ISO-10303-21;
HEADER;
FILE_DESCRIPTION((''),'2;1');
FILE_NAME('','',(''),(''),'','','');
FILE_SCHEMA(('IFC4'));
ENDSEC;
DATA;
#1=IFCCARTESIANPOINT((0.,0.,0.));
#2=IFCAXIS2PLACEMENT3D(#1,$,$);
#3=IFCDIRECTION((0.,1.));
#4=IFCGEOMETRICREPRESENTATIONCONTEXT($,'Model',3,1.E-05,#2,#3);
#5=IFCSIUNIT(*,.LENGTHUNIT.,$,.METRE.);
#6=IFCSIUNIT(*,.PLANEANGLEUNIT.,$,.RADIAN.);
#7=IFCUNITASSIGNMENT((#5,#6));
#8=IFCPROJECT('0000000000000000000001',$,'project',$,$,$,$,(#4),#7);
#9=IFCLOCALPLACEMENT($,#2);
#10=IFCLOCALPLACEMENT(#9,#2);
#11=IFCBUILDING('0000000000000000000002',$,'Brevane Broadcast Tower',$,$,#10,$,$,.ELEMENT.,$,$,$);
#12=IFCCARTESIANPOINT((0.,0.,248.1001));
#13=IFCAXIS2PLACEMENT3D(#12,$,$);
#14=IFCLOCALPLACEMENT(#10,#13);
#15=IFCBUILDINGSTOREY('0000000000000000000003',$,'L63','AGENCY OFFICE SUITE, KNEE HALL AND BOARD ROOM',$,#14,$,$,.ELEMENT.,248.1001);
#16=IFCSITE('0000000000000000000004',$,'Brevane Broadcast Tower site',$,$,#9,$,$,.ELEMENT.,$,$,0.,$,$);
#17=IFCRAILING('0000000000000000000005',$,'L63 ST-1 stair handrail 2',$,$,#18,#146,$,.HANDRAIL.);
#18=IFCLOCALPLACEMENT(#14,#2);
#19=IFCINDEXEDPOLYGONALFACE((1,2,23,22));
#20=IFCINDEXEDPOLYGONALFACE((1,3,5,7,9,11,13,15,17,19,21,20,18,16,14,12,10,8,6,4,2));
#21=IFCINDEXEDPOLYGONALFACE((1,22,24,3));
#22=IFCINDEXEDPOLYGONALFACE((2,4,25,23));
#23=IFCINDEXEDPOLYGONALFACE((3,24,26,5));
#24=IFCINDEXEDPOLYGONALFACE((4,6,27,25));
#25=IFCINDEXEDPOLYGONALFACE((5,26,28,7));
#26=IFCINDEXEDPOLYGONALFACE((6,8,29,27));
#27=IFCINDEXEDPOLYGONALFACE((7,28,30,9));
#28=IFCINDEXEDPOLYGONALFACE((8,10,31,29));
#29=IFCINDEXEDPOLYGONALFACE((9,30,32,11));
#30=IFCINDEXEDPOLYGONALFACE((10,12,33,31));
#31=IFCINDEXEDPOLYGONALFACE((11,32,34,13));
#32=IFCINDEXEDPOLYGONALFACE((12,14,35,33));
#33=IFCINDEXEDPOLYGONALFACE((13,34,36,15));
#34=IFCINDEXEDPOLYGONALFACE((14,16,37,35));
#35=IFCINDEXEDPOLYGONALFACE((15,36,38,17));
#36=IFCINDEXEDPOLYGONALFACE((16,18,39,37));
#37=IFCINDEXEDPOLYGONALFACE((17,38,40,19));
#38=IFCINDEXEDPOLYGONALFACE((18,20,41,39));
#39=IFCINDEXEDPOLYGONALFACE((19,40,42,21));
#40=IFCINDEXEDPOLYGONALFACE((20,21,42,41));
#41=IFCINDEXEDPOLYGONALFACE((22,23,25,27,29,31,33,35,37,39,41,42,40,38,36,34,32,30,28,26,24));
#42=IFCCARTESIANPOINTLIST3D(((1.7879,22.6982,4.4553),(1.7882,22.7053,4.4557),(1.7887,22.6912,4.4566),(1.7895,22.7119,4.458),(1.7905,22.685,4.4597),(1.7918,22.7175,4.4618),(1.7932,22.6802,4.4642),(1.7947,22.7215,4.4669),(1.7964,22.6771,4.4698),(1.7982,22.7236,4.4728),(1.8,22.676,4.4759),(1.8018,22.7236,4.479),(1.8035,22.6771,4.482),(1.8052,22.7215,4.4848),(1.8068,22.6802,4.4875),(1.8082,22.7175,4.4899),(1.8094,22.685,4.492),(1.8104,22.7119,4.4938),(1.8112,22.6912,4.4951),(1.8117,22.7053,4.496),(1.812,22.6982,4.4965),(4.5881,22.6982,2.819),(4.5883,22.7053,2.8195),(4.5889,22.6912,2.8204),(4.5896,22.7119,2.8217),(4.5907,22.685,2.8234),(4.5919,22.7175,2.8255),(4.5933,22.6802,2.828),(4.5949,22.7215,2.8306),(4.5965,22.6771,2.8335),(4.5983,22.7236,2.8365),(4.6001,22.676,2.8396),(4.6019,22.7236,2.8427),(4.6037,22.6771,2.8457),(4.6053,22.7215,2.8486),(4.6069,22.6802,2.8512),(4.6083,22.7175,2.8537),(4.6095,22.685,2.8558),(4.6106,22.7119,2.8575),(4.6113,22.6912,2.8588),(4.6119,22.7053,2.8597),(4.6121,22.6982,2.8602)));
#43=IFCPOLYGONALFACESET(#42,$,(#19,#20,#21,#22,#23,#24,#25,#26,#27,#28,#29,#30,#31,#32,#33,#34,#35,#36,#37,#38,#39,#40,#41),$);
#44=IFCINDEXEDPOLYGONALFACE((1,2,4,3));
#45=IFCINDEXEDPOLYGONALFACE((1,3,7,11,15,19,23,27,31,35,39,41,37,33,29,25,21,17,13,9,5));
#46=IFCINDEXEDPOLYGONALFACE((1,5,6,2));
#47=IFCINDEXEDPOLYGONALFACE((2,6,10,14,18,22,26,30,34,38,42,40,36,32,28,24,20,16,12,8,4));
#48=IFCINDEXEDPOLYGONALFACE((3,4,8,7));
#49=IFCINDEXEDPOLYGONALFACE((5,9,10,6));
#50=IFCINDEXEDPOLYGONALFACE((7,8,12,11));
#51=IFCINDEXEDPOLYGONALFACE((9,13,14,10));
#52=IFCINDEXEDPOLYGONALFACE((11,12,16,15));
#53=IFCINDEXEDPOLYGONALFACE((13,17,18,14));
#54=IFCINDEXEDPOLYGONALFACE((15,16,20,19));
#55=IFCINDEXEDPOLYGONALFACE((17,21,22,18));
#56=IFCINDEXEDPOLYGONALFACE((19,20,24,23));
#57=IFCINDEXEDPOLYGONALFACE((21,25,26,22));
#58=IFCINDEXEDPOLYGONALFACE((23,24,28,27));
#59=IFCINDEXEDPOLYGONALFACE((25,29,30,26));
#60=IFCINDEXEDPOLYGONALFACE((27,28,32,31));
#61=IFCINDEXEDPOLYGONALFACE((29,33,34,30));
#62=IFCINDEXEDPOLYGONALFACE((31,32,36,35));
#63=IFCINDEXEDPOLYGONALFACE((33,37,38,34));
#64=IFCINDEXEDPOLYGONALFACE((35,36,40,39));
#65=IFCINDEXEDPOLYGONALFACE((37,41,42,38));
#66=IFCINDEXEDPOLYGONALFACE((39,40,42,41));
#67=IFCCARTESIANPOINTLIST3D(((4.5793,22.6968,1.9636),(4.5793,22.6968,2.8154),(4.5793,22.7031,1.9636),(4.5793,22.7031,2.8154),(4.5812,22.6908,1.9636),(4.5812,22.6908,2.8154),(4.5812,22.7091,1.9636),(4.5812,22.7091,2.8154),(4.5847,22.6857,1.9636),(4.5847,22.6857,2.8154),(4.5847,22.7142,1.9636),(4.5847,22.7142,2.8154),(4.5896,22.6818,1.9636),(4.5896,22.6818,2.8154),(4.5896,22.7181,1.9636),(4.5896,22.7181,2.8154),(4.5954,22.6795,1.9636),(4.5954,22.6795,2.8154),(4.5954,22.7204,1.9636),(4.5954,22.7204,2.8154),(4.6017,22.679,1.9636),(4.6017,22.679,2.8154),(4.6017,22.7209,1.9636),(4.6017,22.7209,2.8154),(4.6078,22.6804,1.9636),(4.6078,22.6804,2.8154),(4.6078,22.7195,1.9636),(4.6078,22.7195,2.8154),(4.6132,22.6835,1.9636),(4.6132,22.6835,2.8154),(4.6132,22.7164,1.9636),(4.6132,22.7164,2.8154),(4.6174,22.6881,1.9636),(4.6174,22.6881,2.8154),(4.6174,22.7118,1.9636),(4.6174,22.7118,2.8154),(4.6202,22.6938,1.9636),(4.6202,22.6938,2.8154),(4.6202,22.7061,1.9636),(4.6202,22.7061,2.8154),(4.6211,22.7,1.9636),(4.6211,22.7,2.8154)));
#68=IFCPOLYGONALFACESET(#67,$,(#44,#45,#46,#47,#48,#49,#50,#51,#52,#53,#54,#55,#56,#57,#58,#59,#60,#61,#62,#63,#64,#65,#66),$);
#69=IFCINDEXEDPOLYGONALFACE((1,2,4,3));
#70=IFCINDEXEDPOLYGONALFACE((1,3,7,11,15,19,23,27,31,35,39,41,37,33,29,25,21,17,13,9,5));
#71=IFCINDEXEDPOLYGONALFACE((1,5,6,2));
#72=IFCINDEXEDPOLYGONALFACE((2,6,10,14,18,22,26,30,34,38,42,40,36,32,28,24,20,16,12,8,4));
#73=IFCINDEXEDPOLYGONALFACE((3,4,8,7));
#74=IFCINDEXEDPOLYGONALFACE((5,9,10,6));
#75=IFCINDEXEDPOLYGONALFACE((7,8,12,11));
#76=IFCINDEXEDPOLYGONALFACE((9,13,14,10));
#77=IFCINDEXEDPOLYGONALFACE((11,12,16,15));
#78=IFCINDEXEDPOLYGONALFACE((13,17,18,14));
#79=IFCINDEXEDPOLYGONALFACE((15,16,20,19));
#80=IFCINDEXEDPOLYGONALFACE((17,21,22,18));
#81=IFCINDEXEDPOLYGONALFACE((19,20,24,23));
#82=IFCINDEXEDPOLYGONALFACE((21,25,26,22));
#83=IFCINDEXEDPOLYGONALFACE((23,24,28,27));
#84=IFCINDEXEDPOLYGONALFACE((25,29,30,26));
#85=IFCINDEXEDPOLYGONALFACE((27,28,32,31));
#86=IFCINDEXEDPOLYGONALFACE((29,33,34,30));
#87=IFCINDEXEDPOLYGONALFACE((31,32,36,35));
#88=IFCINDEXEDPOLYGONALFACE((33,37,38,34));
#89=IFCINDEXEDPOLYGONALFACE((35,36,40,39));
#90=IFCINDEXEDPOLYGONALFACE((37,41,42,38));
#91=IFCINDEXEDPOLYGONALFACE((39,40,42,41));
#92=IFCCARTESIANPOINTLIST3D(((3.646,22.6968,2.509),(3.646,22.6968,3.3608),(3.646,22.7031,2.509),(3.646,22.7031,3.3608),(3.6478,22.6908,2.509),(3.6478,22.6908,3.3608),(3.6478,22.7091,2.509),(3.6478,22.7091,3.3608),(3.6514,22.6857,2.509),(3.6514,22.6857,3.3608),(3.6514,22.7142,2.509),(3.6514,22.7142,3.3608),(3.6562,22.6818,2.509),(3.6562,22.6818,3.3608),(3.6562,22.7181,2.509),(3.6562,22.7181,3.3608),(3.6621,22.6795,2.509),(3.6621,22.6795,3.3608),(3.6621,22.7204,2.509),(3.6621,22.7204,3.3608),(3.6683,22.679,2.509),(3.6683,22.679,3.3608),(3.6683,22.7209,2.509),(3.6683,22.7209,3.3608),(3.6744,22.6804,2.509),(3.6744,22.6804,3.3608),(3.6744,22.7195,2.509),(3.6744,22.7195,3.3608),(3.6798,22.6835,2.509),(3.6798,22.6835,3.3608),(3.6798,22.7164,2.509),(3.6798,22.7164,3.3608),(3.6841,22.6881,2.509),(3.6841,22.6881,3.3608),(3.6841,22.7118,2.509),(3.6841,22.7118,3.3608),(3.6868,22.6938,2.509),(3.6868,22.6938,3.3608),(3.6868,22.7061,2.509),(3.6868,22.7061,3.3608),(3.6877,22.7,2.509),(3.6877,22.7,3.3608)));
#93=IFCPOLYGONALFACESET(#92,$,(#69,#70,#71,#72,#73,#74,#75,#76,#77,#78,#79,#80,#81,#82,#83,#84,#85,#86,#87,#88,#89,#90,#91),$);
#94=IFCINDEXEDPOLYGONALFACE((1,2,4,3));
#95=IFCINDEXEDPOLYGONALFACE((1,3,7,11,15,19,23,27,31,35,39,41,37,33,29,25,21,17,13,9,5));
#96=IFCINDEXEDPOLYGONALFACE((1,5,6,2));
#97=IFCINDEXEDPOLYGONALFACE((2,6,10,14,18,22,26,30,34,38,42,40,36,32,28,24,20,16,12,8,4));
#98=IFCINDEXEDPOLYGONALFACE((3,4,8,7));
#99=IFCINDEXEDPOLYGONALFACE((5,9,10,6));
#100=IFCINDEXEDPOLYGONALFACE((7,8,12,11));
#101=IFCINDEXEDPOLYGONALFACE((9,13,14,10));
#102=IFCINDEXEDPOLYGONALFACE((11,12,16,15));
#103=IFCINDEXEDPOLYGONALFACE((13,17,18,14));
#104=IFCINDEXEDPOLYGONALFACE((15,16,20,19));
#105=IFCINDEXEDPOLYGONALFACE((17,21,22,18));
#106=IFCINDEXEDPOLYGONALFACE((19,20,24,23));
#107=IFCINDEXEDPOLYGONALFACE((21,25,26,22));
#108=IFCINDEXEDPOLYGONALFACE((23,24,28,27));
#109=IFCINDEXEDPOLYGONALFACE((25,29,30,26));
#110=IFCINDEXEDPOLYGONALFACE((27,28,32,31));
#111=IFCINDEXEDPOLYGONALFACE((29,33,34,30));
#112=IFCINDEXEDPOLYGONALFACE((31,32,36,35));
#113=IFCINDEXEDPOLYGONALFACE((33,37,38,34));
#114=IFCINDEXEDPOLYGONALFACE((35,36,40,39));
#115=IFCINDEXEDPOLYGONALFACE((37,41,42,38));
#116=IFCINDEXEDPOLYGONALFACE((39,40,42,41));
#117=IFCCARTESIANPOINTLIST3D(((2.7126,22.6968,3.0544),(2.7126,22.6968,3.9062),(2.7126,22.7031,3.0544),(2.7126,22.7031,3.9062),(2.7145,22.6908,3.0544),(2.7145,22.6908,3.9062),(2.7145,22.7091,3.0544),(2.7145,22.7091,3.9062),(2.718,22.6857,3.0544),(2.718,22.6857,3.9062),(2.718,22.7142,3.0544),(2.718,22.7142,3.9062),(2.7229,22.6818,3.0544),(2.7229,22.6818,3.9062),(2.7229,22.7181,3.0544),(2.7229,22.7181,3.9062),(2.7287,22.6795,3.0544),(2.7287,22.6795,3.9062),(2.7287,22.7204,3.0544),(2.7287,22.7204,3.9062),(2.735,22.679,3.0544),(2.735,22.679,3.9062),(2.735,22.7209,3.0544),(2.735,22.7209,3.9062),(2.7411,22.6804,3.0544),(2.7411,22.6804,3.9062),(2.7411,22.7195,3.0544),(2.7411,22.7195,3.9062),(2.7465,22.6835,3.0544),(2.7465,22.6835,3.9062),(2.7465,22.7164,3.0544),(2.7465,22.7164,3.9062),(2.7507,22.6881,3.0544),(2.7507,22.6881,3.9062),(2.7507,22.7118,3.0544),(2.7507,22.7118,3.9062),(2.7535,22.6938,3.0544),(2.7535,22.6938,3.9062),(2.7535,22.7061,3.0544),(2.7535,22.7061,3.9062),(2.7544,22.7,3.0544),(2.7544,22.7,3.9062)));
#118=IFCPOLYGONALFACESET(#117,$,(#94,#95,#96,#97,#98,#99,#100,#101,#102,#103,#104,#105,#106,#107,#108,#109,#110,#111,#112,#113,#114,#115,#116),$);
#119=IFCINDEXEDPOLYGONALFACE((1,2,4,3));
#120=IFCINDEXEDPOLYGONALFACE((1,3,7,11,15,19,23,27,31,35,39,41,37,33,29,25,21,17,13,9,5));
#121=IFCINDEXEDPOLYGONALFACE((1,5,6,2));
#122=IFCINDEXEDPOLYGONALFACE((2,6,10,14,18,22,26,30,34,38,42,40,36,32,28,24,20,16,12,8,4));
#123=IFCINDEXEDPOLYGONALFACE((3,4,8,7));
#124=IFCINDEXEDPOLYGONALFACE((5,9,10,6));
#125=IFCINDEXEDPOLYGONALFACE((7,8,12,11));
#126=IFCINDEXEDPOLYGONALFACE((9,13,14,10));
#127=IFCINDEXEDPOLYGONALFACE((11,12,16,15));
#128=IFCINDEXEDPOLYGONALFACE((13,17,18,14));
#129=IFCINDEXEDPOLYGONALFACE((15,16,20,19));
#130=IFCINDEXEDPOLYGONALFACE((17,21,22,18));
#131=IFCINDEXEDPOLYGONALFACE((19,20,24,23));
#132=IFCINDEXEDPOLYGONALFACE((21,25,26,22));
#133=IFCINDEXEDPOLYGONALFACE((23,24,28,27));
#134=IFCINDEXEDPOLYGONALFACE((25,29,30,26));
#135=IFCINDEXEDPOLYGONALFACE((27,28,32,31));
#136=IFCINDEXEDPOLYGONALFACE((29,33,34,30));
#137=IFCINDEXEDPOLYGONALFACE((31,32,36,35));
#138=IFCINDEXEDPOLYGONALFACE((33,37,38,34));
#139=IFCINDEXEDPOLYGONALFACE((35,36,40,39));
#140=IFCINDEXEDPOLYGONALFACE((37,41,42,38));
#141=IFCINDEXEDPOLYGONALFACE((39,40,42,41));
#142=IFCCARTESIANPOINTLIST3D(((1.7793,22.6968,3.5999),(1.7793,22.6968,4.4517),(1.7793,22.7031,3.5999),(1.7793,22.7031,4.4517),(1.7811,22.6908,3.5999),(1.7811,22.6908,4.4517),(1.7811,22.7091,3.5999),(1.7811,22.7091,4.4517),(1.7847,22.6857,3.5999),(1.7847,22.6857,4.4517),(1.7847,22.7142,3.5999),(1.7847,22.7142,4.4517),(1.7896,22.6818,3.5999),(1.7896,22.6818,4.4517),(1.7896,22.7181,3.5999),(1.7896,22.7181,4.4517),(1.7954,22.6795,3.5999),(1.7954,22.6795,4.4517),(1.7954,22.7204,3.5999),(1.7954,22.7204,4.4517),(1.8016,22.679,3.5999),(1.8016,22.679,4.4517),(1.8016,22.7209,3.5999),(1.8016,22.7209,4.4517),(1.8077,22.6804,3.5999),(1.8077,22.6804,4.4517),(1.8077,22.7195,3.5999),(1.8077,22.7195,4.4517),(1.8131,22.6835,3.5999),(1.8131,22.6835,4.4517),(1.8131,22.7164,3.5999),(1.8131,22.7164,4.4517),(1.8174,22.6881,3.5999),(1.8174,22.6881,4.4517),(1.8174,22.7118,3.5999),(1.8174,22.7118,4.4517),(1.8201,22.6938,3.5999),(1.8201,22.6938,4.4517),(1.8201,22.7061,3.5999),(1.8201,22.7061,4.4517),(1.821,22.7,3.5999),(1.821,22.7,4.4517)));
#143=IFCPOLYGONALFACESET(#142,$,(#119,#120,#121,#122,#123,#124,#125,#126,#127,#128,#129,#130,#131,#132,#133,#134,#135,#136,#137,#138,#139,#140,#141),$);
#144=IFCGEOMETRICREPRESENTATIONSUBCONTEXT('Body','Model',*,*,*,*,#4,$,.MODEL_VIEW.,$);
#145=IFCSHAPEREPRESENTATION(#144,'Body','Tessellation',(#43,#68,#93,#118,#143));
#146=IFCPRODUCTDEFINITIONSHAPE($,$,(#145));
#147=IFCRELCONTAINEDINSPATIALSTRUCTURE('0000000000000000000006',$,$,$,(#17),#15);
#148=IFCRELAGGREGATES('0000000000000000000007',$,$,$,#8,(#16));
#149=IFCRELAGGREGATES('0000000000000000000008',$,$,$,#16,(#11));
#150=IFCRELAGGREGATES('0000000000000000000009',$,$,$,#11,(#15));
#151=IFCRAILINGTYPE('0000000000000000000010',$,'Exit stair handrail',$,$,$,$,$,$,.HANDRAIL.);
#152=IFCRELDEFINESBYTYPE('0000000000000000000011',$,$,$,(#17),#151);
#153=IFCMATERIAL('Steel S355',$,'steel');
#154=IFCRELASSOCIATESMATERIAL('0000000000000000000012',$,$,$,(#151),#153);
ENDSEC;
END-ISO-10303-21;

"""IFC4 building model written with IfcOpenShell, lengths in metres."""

from ifc_helpers import new_model, si_unit, direction, frame, origin, origin_2d, place, context, subcontext, project, spatial, circle, extrude, material, type_object, element, save


model = new_model("IFC4")

# Units and contexts
model_context = context("Model", 3, precision=1e-05, world=origin(), true_north=direction((0.0, 1.0)))
body_context = subcontext(model_context, "Body", "Model", "MODEL_VIEW")
ifc_project = project(units=[si_unit("LENGTHUNIT", "METRE"), si_unit("PLANEANGLEUNIT", "RADIAN")], contexts=[model_context])

# Site, building, storey
site_placement = place(None, origin())
site = spatial("IfcSite", under=ifc_project, at=site_placement, Name="Brevane Broadcast Tower site", CompositionType="ELEMENT", RefElevation=0.0)
building_placement = place(site_placement, origin())
building = spatial("IfcBuilding", under=site, at=building_placement, Name="Brevane Broadcast Tower", CompositionType="ELEMENT")
storey_placement = place(building_placement, frame((0.0, 0.0, 248.1001)))
storey = spatial("IfcBuildingStorey", under=building, at=storey_placement, Name="L63", Description="AGENCY OFFICE SUITE, KNEE HALL AND BOARD ROOM", CompositionType="ELEMENT", Elevation=248.1001)

# Railing
ifc_material_1 = material(Name="Steel S355", Category="steel")
railing_type_1 = type_object("IfcRailingType", Name="Exit stair handrail", PredefinedType="HANDRAIL", material=ifc_material_1)
railing_1_placement = place(storey_placement, frame((4.6001, 22.7, 1.9636)))
element("IfcRailing", 1, at=railing_1_placement, inside=storey, type_object=railing_type_1, Name="L63 ST-1 stair handrail 2", PredefinedType="HANDRAIL", context=body_context, shape_type="SweptSolid", body=[
    extrude(circle(Radius=0.0239, at=origin_2d()), frame((0.0, 0.0, 0.876), z_axis=(-0.863394, 0.0, 0.504531), x_axis=(0.0, -1.0, 0.0)), (0.0, 0.0, 1.0), 3.2432),
    extrude(circle(Radius=0.021, at=origin_2d()), origin(), (0.0, 0.0, 1.0), 0.8518),
    extrude(circle(Radius=0.021, at=origin_2d()), frame((-0.9333, 0.0, 0.5454)), (0.0, 0.0, 1.0), 0.8518),
    extrude(circle(Radius=0.021, at=origin_2d()), frame((-1.8667, 0.0, 1.0908)), (0.0, 0.0, 1.0), 0.8518),
    extrude(circle(Radius=0.021, at=origin_2d()), frame((-2.8, 0.0, 1.6362)), (0.0, 0.0, 1.0), 0.8518),
])

save(model, "model.ifc")
